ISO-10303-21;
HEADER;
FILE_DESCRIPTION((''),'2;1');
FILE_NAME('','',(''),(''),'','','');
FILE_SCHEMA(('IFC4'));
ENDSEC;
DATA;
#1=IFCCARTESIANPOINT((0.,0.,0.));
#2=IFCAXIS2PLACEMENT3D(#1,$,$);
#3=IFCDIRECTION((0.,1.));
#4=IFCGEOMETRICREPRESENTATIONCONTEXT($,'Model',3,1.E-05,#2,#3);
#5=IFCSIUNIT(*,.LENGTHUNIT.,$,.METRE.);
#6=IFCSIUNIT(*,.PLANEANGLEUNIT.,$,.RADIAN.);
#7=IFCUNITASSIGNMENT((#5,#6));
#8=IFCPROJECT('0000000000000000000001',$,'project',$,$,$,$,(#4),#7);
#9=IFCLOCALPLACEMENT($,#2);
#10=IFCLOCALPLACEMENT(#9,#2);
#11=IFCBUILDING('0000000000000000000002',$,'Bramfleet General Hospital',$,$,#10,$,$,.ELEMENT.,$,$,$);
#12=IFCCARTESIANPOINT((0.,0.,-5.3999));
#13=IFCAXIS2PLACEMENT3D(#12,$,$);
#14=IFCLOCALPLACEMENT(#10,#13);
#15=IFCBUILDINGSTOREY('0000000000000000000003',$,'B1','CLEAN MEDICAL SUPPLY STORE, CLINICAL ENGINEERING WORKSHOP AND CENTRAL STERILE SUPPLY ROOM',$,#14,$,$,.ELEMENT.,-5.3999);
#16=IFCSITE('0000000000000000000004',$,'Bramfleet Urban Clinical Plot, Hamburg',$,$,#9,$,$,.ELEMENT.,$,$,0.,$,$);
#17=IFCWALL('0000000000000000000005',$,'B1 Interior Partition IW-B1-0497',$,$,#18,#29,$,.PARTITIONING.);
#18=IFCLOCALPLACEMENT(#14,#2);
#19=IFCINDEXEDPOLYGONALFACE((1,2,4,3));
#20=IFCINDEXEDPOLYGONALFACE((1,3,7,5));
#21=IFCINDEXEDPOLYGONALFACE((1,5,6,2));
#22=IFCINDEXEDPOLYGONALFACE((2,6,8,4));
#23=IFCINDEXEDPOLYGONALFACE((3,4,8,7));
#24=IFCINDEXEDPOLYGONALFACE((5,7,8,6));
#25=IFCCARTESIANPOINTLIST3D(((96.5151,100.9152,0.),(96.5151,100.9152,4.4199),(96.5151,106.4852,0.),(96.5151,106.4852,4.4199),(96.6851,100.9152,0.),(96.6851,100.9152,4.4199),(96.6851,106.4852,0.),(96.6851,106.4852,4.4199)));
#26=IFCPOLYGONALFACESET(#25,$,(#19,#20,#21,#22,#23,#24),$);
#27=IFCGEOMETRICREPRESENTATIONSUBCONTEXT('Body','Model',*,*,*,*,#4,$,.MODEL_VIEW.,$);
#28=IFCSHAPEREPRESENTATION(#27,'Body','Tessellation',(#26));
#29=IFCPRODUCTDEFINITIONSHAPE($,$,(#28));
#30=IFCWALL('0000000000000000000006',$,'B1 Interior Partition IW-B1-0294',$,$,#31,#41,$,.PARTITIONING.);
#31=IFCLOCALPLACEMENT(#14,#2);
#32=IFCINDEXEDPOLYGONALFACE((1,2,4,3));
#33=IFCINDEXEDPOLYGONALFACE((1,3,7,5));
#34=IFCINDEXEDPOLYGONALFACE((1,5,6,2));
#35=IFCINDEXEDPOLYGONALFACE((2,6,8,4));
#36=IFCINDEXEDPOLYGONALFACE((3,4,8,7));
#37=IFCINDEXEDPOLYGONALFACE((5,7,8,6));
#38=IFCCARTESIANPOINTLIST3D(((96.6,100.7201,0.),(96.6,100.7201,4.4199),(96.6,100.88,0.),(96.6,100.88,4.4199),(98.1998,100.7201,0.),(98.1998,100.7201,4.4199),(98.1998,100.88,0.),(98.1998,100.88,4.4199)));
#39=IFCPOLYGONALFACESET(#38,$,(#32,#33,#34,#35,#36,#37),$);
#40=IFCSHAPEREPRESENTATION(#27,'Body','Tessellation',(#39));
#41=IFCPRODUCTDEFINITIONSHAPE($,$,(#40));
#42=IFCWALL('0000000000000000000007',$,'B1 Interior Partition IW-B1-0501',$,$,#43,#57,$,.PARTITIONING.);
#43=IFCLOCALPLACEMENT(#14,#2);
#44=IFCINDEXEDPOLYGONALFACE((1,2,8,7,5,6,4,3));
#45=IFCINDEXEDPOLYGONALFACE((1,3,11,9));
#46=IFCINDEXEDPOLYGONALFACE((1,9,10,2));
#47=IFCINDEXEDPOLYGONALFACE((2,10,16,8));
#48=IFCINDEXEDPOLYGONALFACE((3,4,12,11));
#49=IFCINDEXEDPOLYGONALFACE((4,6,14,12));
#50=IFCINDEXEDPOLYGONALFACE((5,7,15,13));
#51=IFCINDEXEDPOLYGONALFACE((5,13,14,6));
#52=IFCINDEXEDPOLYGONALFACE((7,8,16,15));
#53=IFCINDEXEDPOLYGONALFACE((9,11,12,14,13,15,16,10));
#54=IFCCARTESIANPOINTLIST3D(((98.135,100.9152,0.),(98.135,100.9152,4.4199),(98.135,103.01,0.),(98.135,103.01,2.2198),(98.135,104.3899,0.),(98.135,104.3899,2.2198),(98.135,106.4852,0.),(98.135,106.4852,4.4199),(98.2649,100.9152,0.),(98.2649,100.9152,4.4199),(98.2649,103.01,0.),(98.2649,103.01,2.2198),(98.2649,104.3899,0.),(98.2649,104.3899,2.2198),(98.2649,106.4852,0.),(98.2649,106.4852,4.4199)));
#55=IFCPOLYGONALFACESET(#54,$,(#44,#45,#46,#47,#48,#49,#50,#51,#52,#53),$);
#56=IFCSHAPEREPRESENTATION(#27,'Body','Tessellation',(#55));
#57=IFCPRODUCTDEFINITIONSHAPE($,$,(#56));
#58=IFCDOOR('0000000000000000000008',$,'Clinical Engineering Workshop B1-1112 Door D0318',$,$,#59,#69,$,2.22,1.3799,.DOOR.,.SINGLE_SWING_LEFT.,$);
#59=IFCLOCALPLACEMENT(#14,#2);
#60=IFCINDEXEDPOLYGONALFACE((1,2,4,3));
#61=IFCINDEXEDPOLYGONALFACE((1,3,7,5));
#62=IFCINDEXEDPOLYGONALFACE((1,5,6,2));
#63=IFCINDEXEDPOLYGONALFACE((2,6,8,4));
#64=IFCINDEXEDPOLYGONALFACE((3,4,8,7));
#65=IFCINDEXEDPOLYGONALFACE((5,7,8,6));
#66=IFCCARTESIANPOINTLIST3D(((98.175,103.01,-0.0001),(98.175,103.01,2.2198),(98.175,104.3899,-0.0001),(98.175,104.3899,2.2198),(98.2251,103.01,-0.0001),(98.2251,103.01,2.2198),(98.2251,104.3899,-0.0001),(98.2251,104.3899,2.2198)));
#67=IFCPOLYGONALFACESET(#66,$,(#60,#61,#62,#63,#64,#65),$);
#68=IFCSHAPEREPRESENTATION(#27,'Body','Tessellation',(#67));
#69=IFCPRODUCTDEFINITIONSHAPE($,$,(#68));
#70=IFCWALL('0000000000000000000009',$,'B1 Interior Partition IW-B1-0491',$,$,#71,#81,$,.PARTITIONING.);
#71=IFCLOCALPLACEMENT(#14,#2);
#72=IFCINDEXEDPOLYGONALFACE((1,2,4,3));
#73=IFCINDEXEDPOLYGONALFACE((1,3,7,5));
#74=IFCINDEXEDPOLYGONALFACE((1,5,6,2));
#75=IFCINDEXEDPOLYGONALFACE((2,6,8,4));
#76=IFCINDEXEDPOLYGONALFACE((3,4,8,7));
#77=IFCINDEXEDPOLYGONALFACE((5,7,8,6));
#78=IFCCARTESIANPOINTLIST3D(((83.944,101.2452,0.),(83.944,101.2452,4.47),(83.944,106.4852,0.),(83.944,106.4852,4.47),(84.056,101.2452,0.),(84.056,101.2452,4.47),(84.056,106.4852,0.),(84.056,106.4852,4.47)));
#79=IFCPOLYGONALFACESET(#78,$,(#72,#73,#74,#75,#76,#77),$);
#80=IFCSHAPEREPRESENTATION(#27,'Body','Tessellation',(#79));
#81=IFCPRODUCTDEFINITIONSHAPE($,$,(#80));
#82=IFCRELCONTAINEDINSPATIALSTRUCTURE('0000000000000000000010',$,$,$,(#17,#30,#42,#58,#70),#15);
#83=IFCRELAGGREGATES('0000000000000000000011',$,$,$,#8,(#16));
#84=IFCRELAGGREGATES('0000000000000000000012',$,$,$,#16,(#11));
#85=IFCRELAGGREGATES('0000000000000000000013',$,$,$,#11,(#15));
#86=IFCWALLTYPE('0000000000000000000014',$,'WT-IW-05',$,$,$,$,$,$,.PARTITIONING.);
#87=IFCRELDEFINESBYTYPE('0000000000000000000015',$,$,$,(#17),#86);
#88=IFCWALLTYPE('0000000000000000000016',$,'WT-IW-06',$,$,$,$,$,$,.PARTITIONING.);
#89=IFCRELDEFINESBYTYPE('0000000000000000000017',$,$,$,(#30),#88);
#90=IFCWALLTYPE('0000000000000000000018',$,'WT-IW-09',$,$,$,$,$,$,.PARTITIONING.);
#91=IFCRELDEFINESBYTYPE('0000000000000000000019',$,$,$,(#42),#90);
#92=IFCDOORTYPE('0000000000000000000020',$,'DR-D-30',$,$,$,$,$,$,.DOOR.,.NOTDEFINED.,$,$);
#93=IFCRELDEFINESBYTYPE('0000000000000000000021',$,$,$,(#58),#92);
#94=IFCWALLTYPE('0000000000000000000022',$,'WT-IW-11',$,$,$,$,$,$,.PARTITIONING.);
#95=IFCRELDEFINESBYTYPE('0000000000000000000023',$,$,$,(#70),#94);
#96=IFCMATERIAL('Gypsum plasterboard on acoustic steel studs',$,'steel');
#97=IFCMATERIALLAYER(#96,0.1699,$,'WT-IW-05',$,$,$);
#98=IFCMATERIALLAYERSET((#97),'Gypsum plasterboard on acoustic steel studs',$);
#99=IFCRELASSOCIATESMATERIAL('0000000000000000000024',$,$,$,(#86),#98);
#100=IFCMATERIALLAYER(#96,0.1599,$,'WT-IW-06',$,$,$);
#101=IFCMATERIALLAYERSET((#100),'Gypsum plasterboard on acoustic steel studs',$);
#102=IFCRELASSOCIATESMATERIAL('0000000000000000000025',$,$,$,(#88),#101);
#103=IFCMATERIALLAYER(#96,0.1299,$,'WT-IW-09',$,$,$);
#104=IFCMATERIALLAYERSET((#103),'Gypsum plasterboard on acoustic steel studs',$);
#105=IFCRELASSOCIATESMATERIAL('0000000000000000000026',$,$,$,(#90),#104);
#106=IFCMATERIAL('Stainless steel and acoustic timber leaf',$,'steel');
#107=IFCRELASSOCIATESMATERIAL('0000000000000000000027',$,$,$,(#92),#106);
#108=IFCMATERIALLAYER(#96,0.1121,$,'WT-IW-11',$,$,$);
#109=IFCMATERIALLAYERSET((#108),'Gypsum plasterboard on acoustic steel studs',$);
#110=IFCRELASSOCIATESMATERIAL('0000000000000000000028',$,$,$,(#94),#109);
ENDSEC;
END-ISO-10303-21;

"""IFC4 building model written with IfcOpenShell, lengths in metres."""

from ifc_helpers import new_model, si_unit, direction, frame, frame_2d, origin, place, context, subcontext, project, spatial, rectangle, extrude, material, layer, layer_set, type_object, element, fill, save


model = new_model("IFC4")

# Units and contexts
model_context = context("Model", 3, precision=1e-05, world=origin(), true_north=direction((0.0, 1.0)))
body_context = subcontext(model_context, "Body", "Model", "MODEL_VIEW")
ifc_project = project(units=[si_unit("LENGTHUNIT", "METRE"), si_unit("PLANEANGLEUNIT", "RADIAN")], contexts=[model_context])

# Site, building, storey
site_placement = place(None, origin())
site = spatial("IfcSite", under=ifc_project, at=site_placement, Name="Bramfleet Urban Clinical Plot, Hamburg", CompositionType="ELEMENT", RefElevation=0.0)
building_placement = place(site_placement, origin())
building = spatial("IfcBuilding", under=site, at=building_placement, Name="Bramfleet General Hospital", CompositionType="ELEMENT")
storey_placement = place(building_placement, frame((0.0, 0.0, -5.3999)))
storey = spatial("IfcBuildingStorey", under=building, at=storey_placement, Name="B1", Description="CLEAN MEDICAL SUPPLY STORE, CLINICAL ENGINEERING WORKSHOP AND CENTRAL STERILE SUPPLY ROOM", CompositionType="ELEMENT", Elevation=-5.3999)

# Shared definitions
ifc_material_1 = material(Name="Stainless steel and acoustic timber leaf", Category="steel")
ifc_material_2 = material(Name="Gypsum plasterboard on acoustic steel studs", Category="steel")
ifc_layer_1 = layer(ifc_material_2, 0.1699, Name="WT-IW-05")
ifc_layer_set_1 = layer_set([ifc_layer_1], Name="Gypsum plasterboard on acoustic steel studs")
wall_type_1 = type_object("IfcWallType", Name="WT-IW-05", PredefinedType="PARTITIONING", material=ifc_layer_set_1)

# Walls
wall_1_placement = place(storey_placement, frame((96.6001, 100.915, 0.0), z_axis=(0.0, 0.0, 1.0), x_axis=(0.0, 1.0, 0.0)))
element("IfcWall", 1, at=wall_1_placement, inside=storey, type_object=wall_type_1, Name="B1 Interior Partition IW-B1-0497", PredefinedType="PARTITIONING", context=body_context, shape_type="SweptSolid", body=[
    extrude(rectangle(XDim=5.5701, YDim=0.1699, at=frame_2d((2.7852, 0.0))), origin(), (0.0, 0.0, 1.0), 4.4199),
])
ifc_layer_2 = layer(ifc_material_2, 0.1599, Name="WT-IW-06")
ifc_layer_set_2 = layer_set([ifc_layer_2], Name="Gypsum plasterboard on acoustic steel studs")
wall_type_2 = type_object("IfcWallType", Name="WT-IW-06", PredefinedType="PARTITIONING", material=ifc_layer_set_2)
wall_2_placement = place(storey_placement, frame((96.6001, 100.8, 0.0), z_axis=(0.0, 0.0, 1.0), x_axis=(1.0, 0.0, 0.0)))
element("IfcWall", 2, at=wall_2_placement, inside=storey, type_object=wall_type_2, Name="B1 Interior Partition IW-B1-0294", PredefinedType="PARTITIONING", context=body_context, shape_type="SweptSolid", body=[
    extrude(rectangle(XDim=1.5999, YDim=0.1599, at=frame_2d((0.7998, 0.0))), origin(), (0.0, 0.0, 1.0), 4.4199),
])

# Wall, opening, door
ifc_layer_3 = layer(ifc_material_2, 0.1299, Name="WT-IW-09")
ifc_layer_set_3 = layer_set([ifc_layer_3], Name="Gypsum plasterboard on acoustic steel studs")
wall_type_3 = type_object("IfcWallType", Name="WT-IW-09", PredefinedType="PARTITIONING", material=ifc_layer_set_3)
wall_3_placement = place(storey_placement, frame((98.2, 100.915, 0.0), z_axis=(0.0, 0.0, 1.0), x_axis=(0.0, 1.0, 0.0)))
wall_3 = element("IfcWall", 3, at=wall_3_placement, inside=storey, type_object=wall_type_3, Name="B1 Interior Partition IW-B1-0501", PredefinedType="PARTITIONING", context=body_context, shape_type="SweptSolid", body=[
    extrude(rectangle(XDim=5.5701, YDim=0.1299, at=frame_2d((2.7852, 0.0))), origin(), (0.0, 0.0, 1.0), 4.4199),
])
opening_1_placement = place(wall_3_placement, frame((2.095, 0.0, 0.0)))
opening_1 = element("IfcOpeningElement", 4, at=opening_1_placement, cuts=wall_3, PredefinedType="OPENING", context=body_context, shape_type="SweptSolid", body=[
    extrude(rectangle(XDim=1.3799, YDim=2.22, at=frame_2d((0.6899, 1.1099))), frame((0.0, 0.075, 0.0), z_axis=(0.0, -1.0, 0.0), x_axis=(1.0, 0.0, 0.0)), (0.0, 0.0, 1.0), 0.1499),
])
door_type_1 = type_object("IfcDoorType", Name="DR-D-30", OperationType="NOTDEFINED", PredefinedType="DOOR", material=ifc_material_1)
door_1_placement = place(opening_1_placement, origin())
door_1 = element("IfcDoor", 5, at=door_1_placement, inside=storey, type_object=door_type_1, Name="Clinical Engineering Workshop B1-1112 Door D0318", OperationType="SINGLE_SWING_LEFT", OverallHeight=2.22, OverallWidth=1.3799, PredefinedType="DOOR", context=body_context, shape_type="SweptSolid", body=[
    extrude(rectangle(XDim=1.3799, YDim=2.22, at=frame_2d((0.6899, 1.1099))), frame((0.0, 0.0249, 0.0), z_axis=(0.0, -1.0, 0.0), x_axis=(1.0, 0.0, 0.0)), (0.0, 0.0, 1.0), 0.05),
])
fill(opening_1, door_1)

# Wall
ifc_layer_4 = layer(ifc_material_2, 0.1121, Name="WT-IW-11")
ifc_layer_set_4 = layer_set([ifc_layer_4], Name="Gypsum plasterboard on acoustic steel studs")
wall_type_4 = type_object("IfcWallType", Name="WT-IW-11", PredefinedType="PARTITIONING", material=ifc_layer_set_4)
wall_4_placement = place(storey_placement, frame((84.0, 101.2451, 0.0), z_axis=(0.0, 0.0, 1.0), x_axis=(0.0, 1.0, 0.0)))
element("IfcWall", 6, at=wall_4_placement, inside=storey, type_object=wall_type_4, Name="B1 Interior Partition IW-B1-0491", PredefinedType="PARTITIONING", context=body_context, shape_type="SweptSolid", body=[
    extrude(rectangle(XDim=5.24, YDim=0.1121, at=frame_2d((2.6201, 0.0))), origin(), (0.0, 0.0, 1.0), 4.47),
])

save(model, "model.ifc")
